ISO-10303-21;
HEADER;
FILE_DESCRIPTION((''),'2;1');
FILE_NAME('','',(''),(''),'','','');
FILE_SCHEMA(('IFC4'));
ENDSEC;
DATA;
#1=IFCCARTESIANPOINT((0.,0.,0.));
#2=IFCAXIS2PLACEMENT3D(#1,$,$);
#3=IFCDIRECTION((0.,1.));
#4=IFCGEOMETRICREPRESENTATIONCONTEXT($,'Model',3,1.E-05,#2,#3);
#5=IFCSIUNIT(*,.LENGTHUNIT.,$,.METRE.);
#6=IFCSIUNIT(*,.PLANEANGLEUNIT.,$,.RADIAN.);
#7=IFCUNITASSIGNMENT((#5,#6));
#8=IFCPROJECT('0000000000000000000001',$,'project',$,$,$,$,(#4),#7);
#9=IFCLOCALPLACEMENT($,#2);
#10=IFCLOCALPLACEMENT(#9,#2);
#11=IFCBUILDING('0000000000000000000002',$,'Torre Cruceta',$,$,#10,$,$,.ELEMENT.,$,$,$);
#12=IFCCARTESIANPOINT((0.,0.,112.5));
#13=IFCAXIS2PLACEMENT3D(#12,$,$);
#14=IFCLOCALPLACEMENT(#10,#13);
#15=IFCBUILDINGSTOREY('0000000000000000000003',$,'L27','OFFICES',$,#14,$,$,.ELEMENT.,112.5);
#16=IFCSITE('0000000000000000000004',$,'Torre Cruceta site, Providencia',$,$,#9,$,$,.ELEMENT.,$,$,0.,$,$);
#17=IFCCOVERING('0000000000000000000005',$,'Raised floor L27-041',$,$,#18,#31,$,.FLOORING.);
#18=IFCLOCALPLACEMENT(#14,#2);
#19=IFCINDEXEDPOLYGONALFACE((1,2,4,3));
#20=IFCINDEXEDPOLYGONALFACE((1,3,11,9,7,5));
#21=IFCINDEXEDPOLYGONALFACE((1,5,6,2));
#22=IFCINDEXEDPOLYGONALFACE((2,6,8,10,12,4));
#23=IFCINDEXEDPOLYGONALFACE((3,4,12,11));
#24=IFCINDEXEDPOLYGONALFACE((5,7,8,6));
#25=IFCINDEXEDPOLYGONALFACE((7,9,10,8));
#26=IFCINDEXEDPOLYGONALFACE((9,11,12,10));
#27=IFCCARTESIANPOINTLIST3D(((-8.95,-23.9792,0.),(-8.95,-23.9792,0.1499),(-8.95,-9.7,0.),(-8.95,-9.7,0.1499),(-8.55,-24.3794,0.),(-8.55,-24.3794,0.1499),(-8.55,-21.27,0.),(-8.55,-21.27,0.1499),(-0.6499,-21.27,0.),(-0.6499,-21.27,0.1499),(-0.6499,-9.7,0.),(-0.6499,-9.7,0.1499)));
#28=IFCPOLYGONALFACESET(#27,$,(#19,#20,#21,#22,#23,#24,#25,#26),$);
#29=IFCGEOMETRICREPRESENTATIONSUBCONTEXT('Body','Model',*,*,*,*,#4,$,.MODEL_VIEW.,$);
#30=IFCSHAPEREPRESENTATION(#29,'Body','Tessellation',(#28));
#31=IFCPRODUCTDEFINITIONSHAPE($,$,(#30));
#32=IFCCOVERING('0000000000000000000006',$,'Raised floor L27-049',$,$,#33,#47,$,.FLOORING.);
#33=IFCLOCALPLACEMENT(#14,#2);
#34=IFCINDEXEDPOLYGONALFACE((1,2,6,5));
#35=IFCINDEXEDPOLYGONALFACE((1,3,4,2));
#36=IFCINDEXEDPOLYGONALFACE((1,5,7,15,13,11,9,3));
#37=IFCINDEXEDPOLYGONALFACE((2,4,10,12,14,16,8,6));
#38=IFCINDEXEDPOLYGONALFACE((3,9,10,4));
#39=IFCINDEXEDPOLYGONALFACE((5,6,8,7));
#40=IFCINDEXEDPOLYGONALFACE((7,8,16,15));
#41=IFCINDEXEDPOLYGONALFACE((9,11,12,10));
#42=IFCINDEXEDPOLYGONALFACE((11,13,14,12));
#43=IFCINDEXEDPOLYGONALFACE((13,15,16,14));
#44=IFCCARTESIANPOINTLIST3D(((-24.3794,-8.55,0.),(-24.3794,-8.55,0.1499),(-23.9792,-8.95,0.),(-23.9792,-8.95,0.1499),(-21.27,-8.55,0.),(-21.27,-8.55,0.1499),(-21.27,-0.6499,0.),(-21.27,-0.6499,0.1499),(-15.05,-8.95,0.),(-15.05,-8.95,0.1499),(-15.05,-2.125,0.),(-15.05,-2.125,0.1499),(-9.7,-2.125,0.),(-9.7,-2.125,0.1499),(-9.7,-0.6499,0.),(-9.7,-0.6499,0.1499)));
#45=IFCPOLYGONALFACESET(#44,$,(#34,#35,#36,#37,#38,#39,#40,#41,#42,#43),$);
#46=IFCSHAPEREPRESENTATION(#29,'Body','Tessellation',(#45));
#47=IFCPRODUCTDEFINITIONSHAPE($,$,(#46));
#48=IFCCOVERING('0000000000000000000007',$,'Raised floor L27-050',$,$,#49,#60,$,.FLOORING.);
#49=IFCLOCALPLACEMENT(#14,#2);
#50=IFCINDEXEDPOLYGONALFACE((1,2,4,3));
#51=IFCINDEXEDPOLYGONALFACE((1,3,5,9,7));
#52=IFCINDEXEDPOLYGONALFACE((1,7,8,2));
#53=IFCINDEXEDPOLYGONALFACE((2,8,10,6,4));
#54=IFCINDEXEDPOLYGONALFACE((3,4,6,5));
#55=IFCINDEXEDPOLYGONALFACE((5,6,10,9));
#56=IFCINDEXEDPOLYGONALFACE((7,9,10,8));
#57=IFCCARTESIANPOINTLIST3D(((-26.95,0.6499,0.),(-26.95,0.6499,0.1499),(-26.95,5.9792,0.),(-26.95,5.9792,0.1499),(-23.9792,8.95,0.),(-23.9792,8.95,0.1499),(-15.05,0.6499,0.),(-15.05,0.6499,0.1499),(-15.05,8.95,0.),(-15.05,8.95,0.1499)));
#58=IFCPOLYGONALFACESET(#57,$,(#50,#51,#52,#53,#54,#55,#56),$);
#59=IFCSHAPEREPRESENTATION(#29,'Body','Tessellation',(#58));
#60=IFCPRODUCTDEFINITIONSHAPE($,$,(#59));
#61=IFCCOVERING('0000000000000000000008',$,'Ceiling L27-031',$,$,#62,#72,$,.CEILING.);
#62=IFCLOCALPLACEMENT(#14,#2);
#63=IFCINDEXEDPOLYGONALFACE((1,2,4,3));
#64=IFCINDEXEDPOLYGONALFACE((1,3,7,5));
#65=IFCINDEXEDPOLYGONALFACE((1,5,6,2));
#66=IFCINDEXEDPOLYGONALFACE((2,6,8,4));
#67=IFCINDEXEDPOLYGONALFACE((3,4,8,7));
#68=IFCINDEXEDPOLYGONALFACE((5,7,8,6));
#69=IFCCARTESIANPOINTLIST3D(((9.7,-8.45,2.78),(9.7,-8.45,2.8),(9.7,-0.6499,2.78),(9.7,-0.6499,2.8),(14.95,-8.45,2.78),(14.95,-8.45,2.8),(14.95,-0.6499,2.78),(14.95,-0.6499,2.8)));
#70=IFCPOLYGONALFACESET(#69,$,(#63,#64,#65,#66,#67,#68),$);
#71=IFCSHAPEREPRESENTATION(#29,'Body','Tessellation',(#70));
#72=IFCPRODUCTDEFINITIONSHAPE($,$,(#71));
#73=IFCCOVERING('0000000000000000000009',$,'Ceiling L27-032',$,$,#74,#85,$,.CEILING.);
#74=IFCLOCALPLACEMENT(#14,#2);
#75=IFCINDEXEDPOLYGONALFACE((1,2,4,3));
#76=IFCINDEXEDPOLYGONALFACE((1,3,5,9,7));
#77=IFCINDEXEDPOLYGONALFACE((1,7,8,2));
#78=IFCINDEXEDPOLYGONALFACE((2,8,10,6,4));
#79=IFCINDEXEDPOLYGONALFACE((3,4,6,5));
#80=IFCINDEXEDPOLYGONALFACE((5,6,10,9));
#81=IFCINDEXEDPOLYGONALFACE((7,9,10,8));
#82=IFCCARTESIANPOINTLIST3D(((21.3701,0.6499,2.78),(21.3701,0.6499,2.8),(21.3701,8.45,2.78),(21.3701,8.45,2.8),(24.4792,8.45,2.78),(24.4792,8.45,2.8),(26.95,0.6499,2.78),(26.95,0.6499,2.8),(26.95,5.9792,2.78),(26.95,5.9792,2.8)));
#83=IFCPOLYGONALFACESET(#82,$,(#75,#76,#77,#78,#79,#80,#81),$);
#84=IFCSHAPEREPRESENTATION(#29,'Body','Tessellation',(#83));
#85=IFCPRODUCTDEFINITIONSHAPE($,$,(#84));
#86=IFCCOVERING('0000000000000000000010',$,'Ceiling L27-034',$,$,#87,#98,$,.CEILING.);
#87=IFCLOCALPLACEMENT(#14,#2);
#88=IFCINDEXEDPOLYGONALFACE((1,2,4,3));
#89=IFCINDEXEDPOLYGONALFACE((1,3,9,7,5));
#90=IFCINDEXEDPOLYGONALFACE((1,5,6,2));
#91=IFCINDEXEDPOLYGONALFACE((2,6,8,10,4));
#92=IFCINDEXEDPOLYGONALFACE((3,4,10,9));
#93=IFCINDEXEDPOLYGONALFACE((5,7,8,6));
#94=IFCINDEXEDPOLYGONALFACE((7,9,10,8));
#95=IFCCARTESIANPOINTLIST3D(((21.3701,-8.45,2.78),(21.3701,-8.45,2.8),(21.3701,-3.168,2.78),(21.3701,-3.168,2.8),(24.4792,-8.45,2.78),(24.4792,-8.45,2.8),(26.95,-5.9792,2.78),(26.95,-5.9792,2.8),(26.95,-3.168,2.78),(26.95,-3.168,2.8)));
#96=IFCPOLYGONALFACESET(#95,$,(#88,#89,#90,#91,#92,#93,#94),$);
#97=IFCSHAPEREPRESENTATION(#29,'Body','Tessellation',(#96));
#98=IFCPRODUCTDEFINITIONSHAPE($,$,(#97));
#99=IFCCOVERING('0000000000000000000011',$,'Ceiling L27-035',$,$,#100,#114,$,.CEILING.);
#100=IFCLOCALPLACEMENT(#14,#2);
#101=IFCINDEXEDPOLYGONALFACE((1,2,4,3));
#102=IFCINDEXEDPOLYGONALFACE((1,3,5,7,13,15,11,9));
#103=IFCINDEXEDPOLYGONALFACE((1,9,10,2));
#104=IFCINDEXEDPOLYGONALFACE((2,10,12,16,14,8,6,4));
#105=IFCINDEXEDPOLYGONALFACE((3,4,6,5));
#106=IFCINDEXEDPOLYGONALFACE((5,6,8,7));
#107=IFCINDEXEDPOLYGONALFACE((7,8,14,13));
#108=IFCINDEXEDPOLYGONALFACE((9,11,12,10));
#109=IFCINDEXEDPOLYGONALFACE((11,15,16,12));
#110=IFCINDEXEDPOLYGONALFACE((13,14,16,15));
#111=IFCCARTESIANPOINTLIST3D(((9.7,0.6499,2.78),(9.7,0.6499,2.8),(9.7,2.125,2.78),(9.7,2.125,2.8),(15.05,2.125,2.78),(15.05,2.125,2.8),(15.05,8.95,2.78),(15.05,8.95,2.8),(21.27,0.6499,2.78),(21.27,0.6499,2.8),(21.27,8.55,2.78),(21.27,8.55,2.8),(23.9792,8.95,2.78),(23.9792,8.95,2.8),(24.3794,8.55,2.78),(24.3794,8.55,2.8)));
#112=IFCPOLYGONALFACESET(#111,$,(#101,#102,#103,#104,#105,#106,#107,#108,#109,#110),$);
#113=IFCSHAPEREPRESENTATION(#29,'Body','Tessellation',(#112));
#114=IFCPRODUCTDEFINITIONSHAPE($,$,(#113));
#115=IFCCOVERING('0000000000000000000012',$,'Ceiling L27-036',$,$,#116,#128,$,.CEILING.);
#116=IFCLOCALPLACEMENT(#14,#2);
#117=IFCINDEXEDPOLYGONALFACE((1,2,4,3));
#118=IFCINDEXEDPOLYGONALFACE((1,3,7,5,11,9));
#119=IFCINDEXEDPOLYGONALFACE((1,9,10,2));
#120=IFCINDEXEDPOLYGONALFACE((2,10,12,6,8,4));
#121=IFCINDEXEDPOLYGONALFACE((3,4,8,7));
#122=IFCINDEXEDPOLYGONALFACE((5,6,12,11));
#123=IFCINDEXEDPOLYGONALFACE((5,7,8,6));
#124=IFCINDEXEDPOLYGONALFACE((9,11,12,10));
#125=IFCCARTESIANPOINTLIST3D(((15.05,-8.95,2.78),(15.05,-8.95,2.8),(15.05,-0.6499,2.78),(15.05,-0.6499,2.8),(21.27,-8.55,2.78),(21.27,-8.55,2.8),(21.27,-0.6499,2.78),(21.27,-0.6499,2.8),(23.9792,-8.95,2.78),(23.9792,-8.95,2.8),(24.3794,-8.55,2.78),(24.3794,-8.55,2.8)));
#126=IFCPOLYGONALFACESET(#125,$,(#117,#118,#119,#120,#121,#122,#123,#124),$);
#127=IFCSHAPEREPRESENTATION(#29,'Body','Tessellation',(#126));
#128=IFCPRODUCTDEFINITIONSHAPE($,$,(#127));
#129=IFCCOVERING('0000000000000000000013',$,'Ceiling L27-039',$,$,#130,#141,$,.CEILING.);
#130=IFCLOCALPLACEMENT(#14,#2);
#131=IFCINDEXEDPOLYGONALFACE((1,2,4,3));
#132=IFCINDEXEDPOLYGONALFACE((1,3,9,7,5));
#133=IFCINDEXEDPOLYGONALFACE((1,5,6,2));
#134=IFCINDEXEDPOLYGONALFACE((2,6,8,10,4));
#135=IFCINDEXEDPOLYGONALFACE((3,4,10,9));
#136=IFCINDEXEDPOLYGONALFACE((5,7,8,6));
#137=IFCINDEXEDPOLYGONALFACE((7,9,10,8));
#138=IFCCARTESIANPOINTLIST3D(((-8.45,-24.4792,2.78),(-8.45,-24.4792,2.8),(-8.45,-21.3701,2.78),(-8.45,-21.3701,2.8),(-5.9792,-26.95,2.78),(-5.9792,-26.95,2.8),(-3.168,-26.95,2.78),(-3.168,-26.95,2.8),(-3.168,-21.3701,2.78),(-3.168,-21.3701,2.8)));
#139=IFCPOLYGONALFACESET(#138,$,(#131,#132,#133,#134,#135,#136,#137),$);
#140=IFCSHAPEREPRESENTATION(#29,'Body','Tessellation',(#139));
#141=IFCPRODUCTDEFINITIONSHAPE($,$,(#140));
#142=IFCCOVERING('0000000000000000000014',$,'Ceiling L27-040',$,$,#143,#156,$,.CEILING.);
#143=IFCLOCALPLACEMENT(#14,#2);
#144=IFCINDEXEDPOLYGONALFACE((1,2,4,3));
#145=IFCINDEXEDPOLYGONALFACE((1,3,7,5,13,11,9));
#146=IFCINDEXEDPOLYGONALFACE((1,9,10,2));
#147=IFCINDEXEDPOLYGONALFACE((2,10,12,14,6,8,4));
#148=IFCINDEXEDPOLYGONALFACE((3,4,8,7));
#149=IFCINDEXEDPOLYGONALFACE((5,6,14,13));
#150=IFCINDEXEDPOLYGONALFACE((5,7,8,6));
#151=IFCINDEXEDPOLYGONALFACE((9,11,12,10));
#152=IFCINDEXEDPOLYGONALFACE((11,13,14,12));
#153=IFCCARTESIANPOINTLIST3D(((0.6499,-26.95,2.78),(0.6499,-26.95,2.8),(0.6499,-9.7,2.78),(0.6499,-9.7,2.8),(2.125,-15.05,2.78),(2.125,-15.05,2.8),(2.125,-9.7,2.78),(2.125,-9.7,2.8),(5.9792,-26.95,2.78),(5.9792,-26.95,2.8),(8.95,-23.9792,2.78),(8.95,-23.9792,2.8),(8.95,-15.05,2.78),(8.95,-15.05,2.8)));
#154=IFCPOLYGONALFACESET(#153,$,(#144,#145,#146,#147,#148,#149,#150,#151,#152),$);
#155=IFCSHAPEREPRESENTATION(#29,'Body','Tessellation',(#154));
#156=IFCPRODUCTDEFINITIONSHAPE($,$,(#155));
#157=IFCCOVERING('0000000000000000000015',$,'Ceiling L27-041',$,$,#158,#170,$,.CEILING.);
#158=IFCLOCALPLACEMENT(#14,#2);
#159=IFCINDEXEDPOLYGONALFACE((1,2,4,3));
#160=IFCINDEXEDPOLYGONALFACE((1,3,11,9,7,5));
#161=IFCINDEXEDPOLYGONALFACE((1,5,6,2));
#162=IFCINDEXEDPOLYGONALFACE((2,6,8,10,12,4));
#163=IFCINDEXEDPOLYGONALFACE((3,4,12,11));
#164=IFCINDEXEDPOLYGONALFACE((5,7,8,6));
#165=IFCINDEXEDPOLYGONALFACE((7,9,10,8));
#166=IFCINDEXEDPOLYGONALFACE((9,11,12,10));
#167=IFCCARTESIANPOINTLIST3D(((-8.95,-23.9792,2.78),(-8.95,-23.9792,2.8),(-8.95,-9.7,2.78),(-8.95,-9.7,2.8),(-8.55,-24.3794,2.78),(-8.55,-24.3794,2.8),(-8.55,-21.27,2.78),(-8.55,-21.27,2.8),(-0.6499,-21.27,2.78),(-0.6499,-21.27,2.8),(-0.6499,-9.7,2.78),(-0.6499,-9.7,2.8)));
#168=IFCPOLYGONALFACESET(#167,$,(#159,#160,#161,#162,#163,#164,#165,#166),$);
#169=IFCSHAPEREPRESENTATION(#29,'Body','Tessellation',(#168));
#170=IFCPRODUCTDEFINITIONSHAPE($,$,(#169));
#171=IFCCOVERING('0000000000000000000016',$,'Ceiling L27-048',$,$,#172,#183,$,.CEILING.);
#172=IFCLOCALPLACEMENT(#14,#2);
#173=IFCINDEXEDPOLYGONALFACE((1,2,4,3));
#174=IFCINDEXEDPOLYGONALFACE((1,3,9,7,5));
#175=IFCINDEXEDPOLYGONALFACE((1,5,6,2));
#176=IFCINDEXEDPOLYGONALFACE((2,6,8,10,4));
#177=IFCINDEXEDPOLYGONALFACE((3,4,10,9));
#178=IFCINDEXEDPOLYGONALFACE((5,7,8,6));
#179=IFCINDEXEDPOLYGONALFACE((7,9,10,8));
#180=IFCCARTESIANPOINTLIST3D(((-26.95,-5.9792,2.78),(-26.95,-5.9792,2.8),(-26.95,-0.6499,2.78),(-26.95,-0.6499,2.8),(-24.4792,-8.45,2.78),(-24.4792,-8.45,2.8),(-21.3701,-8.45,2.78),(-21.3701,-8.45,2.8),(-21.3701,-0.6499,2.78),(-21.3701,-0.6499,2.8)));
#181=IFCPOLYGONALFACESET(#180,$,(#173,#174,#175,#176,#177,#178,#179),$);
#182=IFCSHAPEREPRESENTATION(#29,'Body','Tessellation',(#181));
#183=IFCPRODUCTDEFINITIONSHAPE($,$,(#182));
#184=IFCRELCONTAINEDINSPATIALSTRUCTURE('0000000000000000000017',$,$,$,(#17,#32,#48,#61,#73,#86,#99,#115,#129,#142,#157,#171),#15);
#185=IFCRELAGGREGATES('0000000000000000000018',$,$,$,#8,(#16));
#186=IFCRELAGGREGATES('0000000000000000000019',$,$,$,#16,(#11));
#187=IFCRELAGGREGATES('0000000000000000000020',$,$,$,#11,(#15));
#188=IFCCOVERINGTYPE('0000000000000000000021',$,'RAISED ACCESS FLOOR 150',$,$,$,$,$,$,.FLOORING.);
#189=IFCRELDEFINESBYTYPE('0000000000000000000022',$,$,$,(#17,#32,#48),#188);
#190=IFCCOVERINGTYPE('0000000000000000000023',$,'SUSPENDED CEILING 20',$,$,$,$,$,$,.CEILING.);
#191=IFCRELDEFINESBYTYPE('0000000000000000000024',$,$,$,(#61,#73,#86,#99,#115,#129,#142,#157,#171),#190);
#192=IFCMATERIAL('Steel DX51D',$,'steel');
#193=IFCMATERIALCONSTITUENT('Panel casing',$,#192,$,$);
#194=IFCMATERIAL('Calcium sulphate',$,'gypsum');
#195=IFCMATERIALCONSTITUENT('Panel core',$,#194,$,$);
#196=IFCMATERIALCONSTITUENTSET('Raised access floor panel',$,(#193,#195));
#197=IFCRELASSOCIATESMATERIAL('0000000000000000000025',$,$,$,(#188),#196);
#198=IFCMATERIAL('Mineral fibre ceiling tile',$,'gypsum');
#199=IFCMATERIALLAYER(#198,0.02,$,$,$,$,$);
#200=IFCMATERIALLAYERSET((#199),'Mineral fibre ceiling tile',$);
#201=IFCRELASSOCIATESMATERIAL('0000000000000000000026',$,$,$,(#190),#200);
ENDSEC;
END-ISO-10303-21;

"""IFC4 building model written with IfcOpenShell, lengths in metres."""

from ifc_helpers import new_model, si_unit, direction, frame, origin, place, context, subcontext, project, spatial, polyline, outline, extrude, material, layer, layer_set, constituent, constituent_set, type_object, element, save


model = new_model("IFC4")

# Units and contexts
model_context = context("Model", 3, precision=1e-05, world=origin(), true_north=direction((0.0, 1.0)))
body_context = subcontext(model_context, "Body", "Model", "MODEL_VIEW")
ifc_project = project(units=[si_unit("LENGTHUNIT", "METRE"), si_unit("PLANEANGLEUNIT", "RADIAN")], contexts=[model_context])

# Site, building, storey
site_placement = place(None, origin())
site = spatial("IfcSite", under=ifc_project, at=site_placement, Name="Torre Cruceta site, Providencia", CompositionType="ELEMENT", RefElevation=0.0)
building_placement = place(site_placement, origin())
building = spatial("IfcBuilding", under=site, at=building_placement, Name="Torre Cruceta", CompositionType="ELEMENT")
storey_placement = place(building_placement, frame((0.0, 0.0, 112.5)))
storey = spatial("IfcBuildingStorey", under=building, at=storey_placement, Name="L27", Description="OFFICES", CompositionType="ELEMENT", Elevation=112.5)

# Coverings
ifc_material_1 = material(Name="Steel DX51D", Category="steel")
ifc_constituent_1 = constituent(ifc_material_1, Name="Panel casing")
ifc_material_2 = material(Name="Calcium sulphate", Category="gypsum")
ifc_constituent_2 = constituent(ifc_material_2, Name="Panel core")
ifc_constituent_set_1 = constituent_set(constituents=[ifc_constituent_1, ifc_constituent_2], Name="Raised access floor panel")
covering_type_1 = type_object("IfcCoveringType", Name="RAISED ACCESS FLOOR 150", PredefinedType="FLOORING", material=ifc_constituent_set_1)
covering_1_placement = place(storey_placement, origin())
element("IfcCovering", 1, at=covering_1_placement, inside=storey, type_object=covering_type_1, Name="Raised floor L27-041", PredefinedType="FLOORING", context=body_context, shape_type="SweptSolid", body=[
    extrude(outline(polyline([(-8.55, -21.27), (-8.55, -24.3794), (-8.95, -23.9792), (-8.95, -9.7), (-0.6499, -9.7), (-0.6499, -21.27), (-8.55, -21.27)])), origin(), (0.0, 0.0, 1.0), 0.1499),
])
covering_2_placement = place(storey_placement, origin())
element("IfcCovering", 2, at=covering_2_placement, inside=storey, type_object=covering_type_1, Name="Raised floor L27-049", PredefinedType="FLOORING", context=body_context, shape_type="SweptSolid", body=[
    extrude(outline(polyline([(-9.7, -2.125), (-15.05, -2.125), (-15.05, -8.95), (-23.9792, -8.95), (-24.3794, -8.55), (-21.27, -8.55), (-21.27, -0.6499), (-9.7, -0.6499), (-9.7, -2.125)])), origin(), (0.0, 0.0, 1.0), 0.1499),
])
covering_3_placement = place(storey_placement, origin())
element("IfcCovering", 3, at=covering_3_placement, inside=storey, type_object=covering_type_1, Name="Raised floor L27-050", PredefinedType="FLOORING", context=body_context, shape_type="SweptSolid", body=[
    extrude(outline(polyline([(-23.9792, 8.95), (-15.05, 8.95), (-15.05, 0.6499), (-26.95, 0.6499), (-26.95, 5.9792), (-23.9792, 8.95)])), origin(), (0.0, 0.0, 1.0), 0.1499),
])
ifc_material_3 = material(Name="Mineral fibre ceiling tile", Category="gypsum")
ifc_layer_1 = layer(ifc_material_3, 0.02)
ifc_layer_set_1 = layer_set([ifc_layer_1], Name="Mineral fibre ceiling tile")
covering_type_2 = type_object("IfcCoveringType", Name="SUSPENDED CEILING 20", PredefinedType="CEILING", material=ifc_layer_set_1)
covering_4_placement = place(storey_placement, frame((0.0, 0.0, 2.78)))
element("IfcCovering", 4, at=covering_4_placement, inside=storey, type_object=covering_type_2, Name="Ceiling L27-031", PredefinedType="CEILING", context=body_context, shape_type="SweptSolid", body=[
    extrude(outline(polyline([(9.7, -8.45), (9.7, -0.6499), (14.95, -0.6499), (14.95, -8.45), (9.7, -8.45)])), origin(), (0.0, 0.0, 1.0), 0.02),
])
covering_5_placement = place(storey_placement, frame((0.0, 0.0, 2.78)))
element("IfcCovering", 5, at=covering_5_placement, inside=storey, type_object=covering_type_2, Name="Ceiling L27-032", PredefinedType="CEILING", context=body_context, shape_type="SweptSolid", body=[
    extrude(outline(polyline([(26.95, 0.6499), (21.3701, 0.6499), (21.3701, 8.45), (24.4792, 8.45), (26.95, 5.9792), (26.95, 0.6499)])), origin(), (0.0, 0.0, 1.0), 0.02),
])
covering_6_placement = place(storey_placement, frame((0.0, 0.0, 2.78)))
element("IfcCovering", 6, at=covering_6_placement, inside=storey, type_object=covering_type_2, Name="Ceiling L27-034", PredefinedType="CEILING", context=body_context, shape_type="SweptSolid", body=[
    extrude(outline(polyline([(24.4792, -8.45), (21.3701, -8.45), (21.3701, -3.168), (26.95, -3.168), (26.95, -5.9792), (24.4792, -8.45)])), origin(), (0.0, 0.0, 1.0), 0.02),
])
covering_7_placement = place(storey_placement, frame((0.0, 0.0, 2.78)))
element("IfcCovering", 7, at=covering_7_placement, inside=storey, type_object=covering_type_2, Name="Ceiling L27-035", PredefinedType="CEILING", context=body_context, shape_type="SweptSolid", body=[
    extrude(outline(polyline([(9.7, 2.125), (15.05, 2.125), (15.05, 8.95), (23.9792, 8.95), (24.3794, 8.55), (21.27, 8.55), (21.27, 0.6499), (9.7, 0.6499), (9.7, 2.125)])), origin(), (0.0, 0.0, 1.0), 0.02),
])
covering_8_placement = place(storey_placement, frame((0.0, 0.0, 2.78)))
element("IfcCovering", 8, at=covering_8_placement, inside=storey, type_object=covering_type_2, Name="Ceiling L27-036", PredefinedType="CEILING", context=body_context, shape_type="SweptSolid", body=[
    extrude(outline(polyline([(15.05, -8.95), (15.05, -0.6499), (21.27, -0.6499), (21.27, -8.55), (24.3794, -8.55), (23.9792, -8.95), (15.05, -8.95)])), origin(), (0.0, 0.0, 1.0), 0.02),
])
covering_9_placement = place(storey_placement, frame((0.0, 0.0, 2.78)))
element("IfcCovering", 9, at=covering_9_placement, inside=storey, type_object=covering_type_2, Name="Ceiling L27-039", PredefinedType="CEILING", context=body_context, shape_type="SweptSolid", body=[
    extrude(outline(polyline([(-8.45, -24.4792), (-8.45, -21.3701), (-3.168, -21.3701), (-3.168, -26.95), (-5.9792, -26.95), (-8.45, -24.4792)])), origin(), (0.0, 0.0, 1.0), 0.02),
])
covering_10_placement = place(storey_placement, frame((0.0, 0.0, 2.78)))
element("IfcCovering", 10, at=covering_10_placement, inside=storey, type_object=covering_type_2, Name="Ceiling L27-040", PredefinedType="CEILING", context=body_context, shape_type="SweptSolid", body=[
    extrude(outline(polyline([(0.6499, -26.95), (0.6499, -9.7), (2.125, -9.7), (2.125, -15.05), (8.95, -15.05), (8.95, -23.9792), (5.9792, -26.95), (0.6499, -26.95)])), origin(), (0.0, 0.0, 1.0), 0.02),
])
covering_11_placement = place(storey_placement, frame((0.0, 0.0, 2.78)))
element("IfcCovering", 11, at=covering_11_placement, inside=storey, type_object=covering_type_2, Name="Ceiling L27-041", PredefinedType="CEILING", context=body_context, shape_type="SweptSolid", body=[
    extrude(outline(polyline([(-8.55, -21.27), (-8.55, -24.3794), (-8.95, -23.9792), (-8.95, -9.7), (-0.6499, -9.7), (-0.6499, -21.27), (-8.55, -21.27)])), origin(), (0.0, 0.0, 1.0), 0.02),
])
covering_12_placement = place(storey_placement, frame((0.0, 0.0, 2.78)))
element("IfcCovering", 12, at=covering_12_placement, inside=storey, type_object=covering_type_2, Name="Ceiling L27-048", PredefinedType="CEILING", context=body_context, shape_type="SweptSolid", body=[
    extrude(outline(polyline([(-26.95, -0.6499), (-21.3701, -0.6499), (-21.3701, -8.45), (-24.4792, -8.45), (-26.95, -5.9792), (-26.95, -0.6499)])), origin(), (0.0, 0.0, 1.0), 0.02),
])

save(model, "model.ifc")
